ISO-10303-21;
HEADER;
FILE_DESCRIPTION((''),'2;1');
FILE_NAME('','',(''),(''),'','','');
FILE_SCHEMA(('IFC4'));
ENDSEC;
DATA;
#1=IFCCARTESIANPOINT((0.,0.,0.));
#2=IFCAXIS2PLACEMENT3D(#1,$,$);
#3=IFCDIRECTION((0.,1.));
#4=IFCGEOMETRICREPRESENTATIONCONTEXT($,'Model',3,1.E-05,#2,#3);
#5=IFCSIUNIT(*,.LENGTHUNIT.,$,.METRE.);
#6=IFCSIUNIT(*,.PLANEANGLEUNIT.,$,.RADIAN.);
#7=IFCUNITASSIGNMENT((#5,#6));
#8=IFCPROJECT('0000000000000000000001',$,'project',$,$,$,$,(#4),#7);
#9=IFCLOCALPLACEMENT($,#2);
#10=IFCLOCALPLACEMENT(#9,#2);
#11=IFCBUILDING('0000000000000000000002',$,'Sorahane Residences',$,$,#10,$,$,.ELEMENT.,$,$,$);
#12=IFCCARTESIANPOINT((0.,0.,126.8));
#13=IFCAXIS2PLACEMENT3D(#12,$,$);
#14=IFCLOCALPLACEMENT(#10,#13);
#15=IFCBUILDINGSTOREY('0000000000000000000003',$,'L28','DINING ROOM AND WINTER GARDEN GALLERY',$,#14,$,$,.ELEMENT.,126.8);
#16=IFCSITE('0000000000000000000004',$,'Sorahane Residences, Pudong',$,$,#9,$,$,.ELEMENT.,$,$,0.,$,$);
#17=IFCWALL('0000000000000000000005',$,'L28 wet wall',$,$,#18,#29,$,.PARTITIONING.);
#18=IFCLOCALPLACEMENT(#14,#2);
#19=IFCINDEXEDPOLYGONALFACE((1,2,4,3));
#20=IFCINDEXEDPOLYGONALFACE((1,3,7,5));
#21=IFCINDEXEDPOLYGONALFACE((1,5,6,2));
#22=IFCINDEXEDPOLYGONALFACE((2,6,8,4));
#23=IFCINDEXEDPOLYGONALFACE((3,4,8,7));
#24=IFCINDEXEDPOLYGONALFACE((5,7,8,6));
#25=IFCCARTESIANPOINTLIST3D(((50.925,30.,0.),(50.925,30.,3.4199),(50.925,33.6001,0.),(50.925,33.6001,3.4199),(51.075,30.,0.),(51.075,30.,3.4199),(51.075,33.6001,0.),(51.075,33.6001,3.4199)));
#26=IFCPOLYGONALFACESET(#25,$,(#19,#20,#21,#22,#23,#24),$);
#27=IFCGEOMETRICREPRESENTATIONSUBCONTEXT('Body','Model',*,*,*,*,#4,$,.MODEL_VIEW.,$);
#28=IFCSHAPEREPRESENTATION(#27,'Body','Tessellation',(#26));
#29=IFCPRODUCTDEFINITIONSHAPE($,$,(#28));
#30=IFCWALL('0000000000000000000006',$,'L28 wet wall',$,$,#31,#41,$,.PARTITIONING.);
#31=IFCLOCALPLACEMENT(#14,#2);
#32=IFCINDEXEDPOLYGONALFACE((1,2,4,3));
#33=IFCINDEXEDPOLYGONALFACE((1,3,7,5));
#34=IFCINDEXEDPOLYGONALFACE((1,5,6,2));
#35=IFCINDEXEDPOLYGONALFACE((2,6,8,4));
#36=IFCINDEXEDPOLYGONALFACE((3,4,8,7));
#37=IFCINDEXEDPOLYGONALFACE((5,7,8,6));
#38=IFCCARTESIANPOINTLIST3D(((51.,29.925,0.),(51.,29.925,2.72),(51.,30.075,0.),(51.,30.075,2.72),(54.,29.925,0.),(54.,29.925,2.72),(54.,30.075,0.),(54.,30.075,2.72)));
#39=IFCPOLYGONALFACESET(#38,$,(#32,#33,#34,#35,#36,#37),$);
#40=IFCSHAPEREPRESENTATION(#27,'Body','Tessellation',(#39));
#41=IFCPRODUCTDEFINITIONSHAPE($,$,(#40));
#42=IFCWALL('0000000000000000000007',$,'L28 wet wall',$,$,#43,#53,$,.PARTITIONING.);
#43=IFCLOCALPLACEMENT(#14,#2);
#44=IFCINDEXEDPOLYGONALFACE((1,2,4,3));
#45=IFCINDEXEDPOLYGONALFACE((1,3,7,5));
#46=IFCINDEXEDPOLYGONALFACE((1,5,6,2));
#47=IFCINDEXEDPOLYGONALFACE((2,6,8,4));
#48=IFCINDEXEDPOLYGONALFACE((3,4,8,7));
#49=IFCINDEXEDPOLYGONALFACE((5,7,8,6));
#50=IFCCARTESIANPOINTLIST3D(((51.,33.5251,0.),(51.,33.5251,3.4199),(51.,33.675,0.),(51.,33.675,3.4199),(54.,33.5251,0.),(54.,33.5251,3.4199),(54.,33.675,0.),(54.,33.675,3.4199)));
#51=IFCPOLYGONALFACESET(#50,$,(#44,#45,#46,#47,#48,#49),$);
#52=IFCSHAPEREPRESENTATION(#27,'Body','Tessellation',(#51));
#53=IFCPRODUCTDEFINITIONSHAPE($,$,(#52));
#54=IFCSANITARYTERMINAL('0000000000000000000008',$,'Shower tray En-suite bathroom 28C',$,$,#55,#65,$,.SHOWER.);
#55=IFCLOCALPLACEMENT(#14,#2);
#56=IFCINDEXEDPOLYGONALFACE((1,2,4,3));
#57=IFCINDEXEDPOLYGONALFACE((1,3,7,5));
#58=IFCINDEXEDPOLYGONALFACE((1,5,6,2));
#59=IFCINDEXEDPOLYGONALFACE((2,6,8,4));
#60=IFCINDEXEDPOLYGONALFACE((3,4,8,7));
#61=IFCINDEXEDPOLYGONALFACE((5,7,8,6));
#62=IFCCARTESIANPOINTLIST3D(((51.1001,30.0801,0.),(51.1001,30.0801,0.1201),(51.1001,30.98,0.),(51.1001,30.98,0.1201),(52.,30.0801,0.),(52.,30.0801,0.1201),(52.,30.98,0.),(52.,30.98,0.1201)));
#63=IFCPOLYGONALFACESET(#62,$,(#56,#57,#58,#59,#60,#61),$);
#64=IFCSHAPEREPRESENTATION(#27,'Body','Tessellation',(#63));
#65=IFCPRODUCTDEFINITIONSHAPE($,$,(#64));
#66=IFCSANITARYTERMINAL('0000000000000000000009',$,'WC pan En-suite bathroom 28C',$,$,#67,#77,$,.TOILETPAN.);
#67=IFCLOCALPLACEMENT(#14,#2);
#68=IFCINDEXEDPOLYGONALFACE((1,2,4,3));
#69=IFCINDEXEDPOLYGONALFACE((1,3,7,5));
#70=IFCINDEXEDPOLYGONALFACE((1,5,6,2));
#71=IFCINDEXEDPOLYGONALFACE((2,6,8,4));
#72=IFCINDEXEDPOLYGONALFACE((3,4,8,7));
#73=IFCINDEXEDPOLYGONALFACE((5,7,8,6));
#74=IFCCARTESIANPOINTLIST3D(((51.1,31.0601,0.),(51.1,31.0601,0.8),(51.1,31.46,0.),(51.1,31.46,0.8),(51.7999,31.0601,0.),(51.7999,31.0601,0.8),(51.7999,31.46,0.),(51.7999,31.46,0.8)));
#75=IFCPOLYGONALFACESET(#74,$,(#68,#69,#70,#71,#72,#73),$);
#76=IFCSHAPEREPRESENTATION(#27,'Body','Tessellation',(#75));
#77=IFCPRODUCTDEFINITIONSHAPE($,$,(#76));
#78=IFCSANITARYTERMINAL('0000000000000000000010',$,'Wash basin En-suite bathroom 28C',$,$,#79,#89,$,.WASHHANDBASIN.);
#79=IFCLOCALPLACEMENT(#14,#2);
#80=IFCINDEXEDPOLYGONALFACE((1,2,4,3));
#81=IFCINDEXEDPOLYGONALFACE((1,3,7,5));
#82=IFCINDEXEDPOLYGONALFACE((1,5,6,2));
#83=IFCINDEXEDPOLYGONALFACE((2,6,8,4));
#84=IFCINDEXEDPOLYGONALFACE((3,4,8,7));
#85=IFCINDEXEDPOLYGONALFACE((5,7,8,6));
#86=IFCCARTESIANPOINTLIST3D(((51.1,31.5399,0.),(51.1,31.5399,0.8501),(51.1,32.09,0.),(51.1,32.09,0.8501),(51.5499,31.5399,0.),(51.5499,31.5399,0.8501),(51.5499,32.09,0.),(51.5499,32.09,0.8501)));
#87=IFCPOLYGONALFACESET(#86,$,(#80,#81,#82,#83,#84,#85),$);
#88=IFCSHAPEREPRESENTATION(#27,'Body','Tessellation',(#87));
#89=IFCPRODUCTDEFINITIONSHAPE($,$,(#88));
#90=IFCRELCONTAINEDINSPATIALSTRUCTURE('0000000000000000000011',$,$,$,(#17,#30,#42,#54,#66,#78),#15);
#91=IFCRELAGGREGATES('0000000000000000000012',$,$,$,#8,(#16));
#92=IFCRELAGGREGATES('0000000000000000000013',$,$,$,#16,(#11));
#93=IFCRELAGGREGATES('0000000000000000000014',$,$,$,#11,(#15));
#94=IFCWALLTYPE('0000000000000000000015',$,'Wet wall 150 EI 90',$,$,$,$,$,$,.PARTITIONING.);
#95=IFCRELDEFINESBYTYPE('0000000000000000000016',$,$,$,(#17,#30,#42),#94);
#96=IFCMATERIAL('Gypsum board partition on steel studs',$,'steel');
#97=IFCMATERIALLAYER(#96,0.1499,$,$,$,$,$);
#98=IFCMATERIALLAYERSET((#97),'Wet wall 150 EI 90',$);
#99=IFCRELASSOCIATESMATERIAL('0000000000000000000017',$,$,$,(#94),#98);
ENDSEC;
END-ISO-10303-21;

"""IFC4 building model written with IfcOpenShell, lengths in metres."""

from ifc_helpers import new_model, si_unit, direction, frame, frame_2d, origin, origin_2d, place, context, subcontext, project, spatial, rectangle, extrude, material, layer, layer_set, type_object, element, save


model = new_model("IFC4")

# Units and contexts
model_context = context("Model", 3, precision=1e-05, world=origin(), true_north=direction((0.0, 1.0)))
body_context = subcontext(model_context, "Body", "Model", "MODEL_VIEW")
ifc_project = project(units=[si_unit("LENGTHUNIT", "METRE"), si_unit("PLANEANGLEUNIT", "RADIAN")], contexts=[model_context])

# Site, building, storey
site_placement = place(None, origin())
site = spatial("IfcSite", under=ifc_project, at=site_placement, Name="Sorahane Residences, Pudong", CompositionType="ELEMENT", RefElevation=0.0)
building_placement = place(site_placement, origin())
building = spatial("IfcBuilding", under=site, at=building_placement, Name="Sorahane Residences", CompositionType="ELEMENT")
storey_placement = place(building_placement, frame((0.0, 0.0, 126.8)))
storey = spatial("IfcBuildingStorey", under=building, at=storey_placement, Name="L28", Description="DINING ROOM AND WINTER GARDEN GALLERY", CompositionType="ELEMENT", Elevation=126.8)

# Wall
ifc_material_1 = material(Name="Gypsum board partition on steel studs", Category="steel")
ifc_layer_1 = layer(ifc_material_1, 0.1499)
ifc_layer_set_1 = layer_set([ifc_layer_1], Name="Wet wall 150 EI 90")
wall_type_1 = type_object("IfcWallType", Name="Wet wall 150 EI 90", PredefinedType="PARTITIONING", material=ifc_layer_set_1)
wall_1_placement = place(storey_placement, frame((51.0, 30.0, 0.0), z_axis=(0.0, 0.0, 1.0), x_axis=(0.0, 1.0, 0.0)))
element("IfcWall", 1, at=wall_1_placement, inside=storey, type_object=wall_type_1, Name="L28 wet wall", PredefinedType="PARTITIONING", context=body_context, shape_type="SweptSolid", body=[
    extrude(rectangle(XDim=3.6001, YDim=0.1499, at=frame_2d((1.8, 0.0))), origin(), (0.0, 0.0, 1.0), 3.4199),
])

# Walls
wall_2_placement = place(storey_placement, frame((51.0, 30.0, 0.0), z_axis=(0.0, 0.0, 1.0), x_axis=(1.0, 0.0, 0.0)))
element("IfcWall", 2, at=wall_2_placement, inside=storey, type_object=wall_type_1, Name="L28 wet wall", PredefinedType="PARTITIONING", context=body_context, shape_type="SweptSolid", body=[
    extrude(rectangle(XDim=3.0, YDim=0.1499, at=frame_2d((1.5, 0.0))), origin(), (0.0, 0.0, 1.0), 2.72),
])
wall_3_placement = place(storey_placement, frame((51.0, 33.6001, 0.0), z_axis=(0.0, 0.0, 1.0), x_axis=(1.0, 0.0, 0.0)))
element("IfcWall", 3, at=wall_3_placement, inside=storey, type_object=wall_type_1, Name="L28 wet wall", PredefinedType="PARTITIONING", context=body_context, shape_type="SweptSolid", body=[
    extrude(rectangle(XDim=3.0, YDim=0.1499, at=frame_2d((1.5, 0.0))), origin(), (0.0, 0.0, 1.0), 3.4199),
])

# Sanitary terminals
sanitary_terminal_1_placement = place(storey_placement, frame((51.55, 30.53, 0.0), z_axis=(0.0, 0.0, 1.0), x_axis=(0.0, 1.0, 0.0)))
element("IfcSanitaryTerminal", 4, at=sanitary_terminal_1_placement, inside=storey, Name="Shower tray En-suite bathroom 28C", PredefinedType="SHOWER", context=body_context, shape_type="SweptSolid", body=[
    extrude(rectangle(XDim=0.8999, YDim=0.8999, at=origin_2d()), origin(), (0.0, 0.0, 1.0), 0.1201),
])
sanitary_terminal_2_placement = place(storey_placement, frame((51.45, 31.26, 0.0), z_axis=(0.0, 0.0, 1.0), x_axis=(0.0, 1.0, 0.0)))
element("IfcSanitaryTerminal", 5, at=sanitary_terminal_2_placement, inside=storey, Name="WC pan En-suite bathroom 28C", PredefinedType="TOILETPAN", context=body_context, shape_type="SweptSolid", body=[
    extrude(rectangle(XDim=0.3999, YDim=0.7, at=origin_2d()), origin(), (0.0, 0.0, 1.0), 0.8),
])
sanitary_terminal_3_placement = place(storey_placement, frame((51.325, 31.8149, 0.0), z_axis=(0.0, 0.0, 1.0), x_axis=(0.0, 1.0, 0.0)))
element("IfcSanitaryTerminal", 6, at=sanitary_terminal_3_placement, inside=storey, Name="Wash basin En-suite bathroom 28C", PredefinedType="WASHHANDBASIN", context=body_context, shape_type="SweptSolid", body=[
    extrude(rectangle(XDim=0.55, YDim=0.45, at=origin_2d()), origin(), (0.0, 0.0, 1.0), 0.8501),
])

save(model, "model.ifc")
